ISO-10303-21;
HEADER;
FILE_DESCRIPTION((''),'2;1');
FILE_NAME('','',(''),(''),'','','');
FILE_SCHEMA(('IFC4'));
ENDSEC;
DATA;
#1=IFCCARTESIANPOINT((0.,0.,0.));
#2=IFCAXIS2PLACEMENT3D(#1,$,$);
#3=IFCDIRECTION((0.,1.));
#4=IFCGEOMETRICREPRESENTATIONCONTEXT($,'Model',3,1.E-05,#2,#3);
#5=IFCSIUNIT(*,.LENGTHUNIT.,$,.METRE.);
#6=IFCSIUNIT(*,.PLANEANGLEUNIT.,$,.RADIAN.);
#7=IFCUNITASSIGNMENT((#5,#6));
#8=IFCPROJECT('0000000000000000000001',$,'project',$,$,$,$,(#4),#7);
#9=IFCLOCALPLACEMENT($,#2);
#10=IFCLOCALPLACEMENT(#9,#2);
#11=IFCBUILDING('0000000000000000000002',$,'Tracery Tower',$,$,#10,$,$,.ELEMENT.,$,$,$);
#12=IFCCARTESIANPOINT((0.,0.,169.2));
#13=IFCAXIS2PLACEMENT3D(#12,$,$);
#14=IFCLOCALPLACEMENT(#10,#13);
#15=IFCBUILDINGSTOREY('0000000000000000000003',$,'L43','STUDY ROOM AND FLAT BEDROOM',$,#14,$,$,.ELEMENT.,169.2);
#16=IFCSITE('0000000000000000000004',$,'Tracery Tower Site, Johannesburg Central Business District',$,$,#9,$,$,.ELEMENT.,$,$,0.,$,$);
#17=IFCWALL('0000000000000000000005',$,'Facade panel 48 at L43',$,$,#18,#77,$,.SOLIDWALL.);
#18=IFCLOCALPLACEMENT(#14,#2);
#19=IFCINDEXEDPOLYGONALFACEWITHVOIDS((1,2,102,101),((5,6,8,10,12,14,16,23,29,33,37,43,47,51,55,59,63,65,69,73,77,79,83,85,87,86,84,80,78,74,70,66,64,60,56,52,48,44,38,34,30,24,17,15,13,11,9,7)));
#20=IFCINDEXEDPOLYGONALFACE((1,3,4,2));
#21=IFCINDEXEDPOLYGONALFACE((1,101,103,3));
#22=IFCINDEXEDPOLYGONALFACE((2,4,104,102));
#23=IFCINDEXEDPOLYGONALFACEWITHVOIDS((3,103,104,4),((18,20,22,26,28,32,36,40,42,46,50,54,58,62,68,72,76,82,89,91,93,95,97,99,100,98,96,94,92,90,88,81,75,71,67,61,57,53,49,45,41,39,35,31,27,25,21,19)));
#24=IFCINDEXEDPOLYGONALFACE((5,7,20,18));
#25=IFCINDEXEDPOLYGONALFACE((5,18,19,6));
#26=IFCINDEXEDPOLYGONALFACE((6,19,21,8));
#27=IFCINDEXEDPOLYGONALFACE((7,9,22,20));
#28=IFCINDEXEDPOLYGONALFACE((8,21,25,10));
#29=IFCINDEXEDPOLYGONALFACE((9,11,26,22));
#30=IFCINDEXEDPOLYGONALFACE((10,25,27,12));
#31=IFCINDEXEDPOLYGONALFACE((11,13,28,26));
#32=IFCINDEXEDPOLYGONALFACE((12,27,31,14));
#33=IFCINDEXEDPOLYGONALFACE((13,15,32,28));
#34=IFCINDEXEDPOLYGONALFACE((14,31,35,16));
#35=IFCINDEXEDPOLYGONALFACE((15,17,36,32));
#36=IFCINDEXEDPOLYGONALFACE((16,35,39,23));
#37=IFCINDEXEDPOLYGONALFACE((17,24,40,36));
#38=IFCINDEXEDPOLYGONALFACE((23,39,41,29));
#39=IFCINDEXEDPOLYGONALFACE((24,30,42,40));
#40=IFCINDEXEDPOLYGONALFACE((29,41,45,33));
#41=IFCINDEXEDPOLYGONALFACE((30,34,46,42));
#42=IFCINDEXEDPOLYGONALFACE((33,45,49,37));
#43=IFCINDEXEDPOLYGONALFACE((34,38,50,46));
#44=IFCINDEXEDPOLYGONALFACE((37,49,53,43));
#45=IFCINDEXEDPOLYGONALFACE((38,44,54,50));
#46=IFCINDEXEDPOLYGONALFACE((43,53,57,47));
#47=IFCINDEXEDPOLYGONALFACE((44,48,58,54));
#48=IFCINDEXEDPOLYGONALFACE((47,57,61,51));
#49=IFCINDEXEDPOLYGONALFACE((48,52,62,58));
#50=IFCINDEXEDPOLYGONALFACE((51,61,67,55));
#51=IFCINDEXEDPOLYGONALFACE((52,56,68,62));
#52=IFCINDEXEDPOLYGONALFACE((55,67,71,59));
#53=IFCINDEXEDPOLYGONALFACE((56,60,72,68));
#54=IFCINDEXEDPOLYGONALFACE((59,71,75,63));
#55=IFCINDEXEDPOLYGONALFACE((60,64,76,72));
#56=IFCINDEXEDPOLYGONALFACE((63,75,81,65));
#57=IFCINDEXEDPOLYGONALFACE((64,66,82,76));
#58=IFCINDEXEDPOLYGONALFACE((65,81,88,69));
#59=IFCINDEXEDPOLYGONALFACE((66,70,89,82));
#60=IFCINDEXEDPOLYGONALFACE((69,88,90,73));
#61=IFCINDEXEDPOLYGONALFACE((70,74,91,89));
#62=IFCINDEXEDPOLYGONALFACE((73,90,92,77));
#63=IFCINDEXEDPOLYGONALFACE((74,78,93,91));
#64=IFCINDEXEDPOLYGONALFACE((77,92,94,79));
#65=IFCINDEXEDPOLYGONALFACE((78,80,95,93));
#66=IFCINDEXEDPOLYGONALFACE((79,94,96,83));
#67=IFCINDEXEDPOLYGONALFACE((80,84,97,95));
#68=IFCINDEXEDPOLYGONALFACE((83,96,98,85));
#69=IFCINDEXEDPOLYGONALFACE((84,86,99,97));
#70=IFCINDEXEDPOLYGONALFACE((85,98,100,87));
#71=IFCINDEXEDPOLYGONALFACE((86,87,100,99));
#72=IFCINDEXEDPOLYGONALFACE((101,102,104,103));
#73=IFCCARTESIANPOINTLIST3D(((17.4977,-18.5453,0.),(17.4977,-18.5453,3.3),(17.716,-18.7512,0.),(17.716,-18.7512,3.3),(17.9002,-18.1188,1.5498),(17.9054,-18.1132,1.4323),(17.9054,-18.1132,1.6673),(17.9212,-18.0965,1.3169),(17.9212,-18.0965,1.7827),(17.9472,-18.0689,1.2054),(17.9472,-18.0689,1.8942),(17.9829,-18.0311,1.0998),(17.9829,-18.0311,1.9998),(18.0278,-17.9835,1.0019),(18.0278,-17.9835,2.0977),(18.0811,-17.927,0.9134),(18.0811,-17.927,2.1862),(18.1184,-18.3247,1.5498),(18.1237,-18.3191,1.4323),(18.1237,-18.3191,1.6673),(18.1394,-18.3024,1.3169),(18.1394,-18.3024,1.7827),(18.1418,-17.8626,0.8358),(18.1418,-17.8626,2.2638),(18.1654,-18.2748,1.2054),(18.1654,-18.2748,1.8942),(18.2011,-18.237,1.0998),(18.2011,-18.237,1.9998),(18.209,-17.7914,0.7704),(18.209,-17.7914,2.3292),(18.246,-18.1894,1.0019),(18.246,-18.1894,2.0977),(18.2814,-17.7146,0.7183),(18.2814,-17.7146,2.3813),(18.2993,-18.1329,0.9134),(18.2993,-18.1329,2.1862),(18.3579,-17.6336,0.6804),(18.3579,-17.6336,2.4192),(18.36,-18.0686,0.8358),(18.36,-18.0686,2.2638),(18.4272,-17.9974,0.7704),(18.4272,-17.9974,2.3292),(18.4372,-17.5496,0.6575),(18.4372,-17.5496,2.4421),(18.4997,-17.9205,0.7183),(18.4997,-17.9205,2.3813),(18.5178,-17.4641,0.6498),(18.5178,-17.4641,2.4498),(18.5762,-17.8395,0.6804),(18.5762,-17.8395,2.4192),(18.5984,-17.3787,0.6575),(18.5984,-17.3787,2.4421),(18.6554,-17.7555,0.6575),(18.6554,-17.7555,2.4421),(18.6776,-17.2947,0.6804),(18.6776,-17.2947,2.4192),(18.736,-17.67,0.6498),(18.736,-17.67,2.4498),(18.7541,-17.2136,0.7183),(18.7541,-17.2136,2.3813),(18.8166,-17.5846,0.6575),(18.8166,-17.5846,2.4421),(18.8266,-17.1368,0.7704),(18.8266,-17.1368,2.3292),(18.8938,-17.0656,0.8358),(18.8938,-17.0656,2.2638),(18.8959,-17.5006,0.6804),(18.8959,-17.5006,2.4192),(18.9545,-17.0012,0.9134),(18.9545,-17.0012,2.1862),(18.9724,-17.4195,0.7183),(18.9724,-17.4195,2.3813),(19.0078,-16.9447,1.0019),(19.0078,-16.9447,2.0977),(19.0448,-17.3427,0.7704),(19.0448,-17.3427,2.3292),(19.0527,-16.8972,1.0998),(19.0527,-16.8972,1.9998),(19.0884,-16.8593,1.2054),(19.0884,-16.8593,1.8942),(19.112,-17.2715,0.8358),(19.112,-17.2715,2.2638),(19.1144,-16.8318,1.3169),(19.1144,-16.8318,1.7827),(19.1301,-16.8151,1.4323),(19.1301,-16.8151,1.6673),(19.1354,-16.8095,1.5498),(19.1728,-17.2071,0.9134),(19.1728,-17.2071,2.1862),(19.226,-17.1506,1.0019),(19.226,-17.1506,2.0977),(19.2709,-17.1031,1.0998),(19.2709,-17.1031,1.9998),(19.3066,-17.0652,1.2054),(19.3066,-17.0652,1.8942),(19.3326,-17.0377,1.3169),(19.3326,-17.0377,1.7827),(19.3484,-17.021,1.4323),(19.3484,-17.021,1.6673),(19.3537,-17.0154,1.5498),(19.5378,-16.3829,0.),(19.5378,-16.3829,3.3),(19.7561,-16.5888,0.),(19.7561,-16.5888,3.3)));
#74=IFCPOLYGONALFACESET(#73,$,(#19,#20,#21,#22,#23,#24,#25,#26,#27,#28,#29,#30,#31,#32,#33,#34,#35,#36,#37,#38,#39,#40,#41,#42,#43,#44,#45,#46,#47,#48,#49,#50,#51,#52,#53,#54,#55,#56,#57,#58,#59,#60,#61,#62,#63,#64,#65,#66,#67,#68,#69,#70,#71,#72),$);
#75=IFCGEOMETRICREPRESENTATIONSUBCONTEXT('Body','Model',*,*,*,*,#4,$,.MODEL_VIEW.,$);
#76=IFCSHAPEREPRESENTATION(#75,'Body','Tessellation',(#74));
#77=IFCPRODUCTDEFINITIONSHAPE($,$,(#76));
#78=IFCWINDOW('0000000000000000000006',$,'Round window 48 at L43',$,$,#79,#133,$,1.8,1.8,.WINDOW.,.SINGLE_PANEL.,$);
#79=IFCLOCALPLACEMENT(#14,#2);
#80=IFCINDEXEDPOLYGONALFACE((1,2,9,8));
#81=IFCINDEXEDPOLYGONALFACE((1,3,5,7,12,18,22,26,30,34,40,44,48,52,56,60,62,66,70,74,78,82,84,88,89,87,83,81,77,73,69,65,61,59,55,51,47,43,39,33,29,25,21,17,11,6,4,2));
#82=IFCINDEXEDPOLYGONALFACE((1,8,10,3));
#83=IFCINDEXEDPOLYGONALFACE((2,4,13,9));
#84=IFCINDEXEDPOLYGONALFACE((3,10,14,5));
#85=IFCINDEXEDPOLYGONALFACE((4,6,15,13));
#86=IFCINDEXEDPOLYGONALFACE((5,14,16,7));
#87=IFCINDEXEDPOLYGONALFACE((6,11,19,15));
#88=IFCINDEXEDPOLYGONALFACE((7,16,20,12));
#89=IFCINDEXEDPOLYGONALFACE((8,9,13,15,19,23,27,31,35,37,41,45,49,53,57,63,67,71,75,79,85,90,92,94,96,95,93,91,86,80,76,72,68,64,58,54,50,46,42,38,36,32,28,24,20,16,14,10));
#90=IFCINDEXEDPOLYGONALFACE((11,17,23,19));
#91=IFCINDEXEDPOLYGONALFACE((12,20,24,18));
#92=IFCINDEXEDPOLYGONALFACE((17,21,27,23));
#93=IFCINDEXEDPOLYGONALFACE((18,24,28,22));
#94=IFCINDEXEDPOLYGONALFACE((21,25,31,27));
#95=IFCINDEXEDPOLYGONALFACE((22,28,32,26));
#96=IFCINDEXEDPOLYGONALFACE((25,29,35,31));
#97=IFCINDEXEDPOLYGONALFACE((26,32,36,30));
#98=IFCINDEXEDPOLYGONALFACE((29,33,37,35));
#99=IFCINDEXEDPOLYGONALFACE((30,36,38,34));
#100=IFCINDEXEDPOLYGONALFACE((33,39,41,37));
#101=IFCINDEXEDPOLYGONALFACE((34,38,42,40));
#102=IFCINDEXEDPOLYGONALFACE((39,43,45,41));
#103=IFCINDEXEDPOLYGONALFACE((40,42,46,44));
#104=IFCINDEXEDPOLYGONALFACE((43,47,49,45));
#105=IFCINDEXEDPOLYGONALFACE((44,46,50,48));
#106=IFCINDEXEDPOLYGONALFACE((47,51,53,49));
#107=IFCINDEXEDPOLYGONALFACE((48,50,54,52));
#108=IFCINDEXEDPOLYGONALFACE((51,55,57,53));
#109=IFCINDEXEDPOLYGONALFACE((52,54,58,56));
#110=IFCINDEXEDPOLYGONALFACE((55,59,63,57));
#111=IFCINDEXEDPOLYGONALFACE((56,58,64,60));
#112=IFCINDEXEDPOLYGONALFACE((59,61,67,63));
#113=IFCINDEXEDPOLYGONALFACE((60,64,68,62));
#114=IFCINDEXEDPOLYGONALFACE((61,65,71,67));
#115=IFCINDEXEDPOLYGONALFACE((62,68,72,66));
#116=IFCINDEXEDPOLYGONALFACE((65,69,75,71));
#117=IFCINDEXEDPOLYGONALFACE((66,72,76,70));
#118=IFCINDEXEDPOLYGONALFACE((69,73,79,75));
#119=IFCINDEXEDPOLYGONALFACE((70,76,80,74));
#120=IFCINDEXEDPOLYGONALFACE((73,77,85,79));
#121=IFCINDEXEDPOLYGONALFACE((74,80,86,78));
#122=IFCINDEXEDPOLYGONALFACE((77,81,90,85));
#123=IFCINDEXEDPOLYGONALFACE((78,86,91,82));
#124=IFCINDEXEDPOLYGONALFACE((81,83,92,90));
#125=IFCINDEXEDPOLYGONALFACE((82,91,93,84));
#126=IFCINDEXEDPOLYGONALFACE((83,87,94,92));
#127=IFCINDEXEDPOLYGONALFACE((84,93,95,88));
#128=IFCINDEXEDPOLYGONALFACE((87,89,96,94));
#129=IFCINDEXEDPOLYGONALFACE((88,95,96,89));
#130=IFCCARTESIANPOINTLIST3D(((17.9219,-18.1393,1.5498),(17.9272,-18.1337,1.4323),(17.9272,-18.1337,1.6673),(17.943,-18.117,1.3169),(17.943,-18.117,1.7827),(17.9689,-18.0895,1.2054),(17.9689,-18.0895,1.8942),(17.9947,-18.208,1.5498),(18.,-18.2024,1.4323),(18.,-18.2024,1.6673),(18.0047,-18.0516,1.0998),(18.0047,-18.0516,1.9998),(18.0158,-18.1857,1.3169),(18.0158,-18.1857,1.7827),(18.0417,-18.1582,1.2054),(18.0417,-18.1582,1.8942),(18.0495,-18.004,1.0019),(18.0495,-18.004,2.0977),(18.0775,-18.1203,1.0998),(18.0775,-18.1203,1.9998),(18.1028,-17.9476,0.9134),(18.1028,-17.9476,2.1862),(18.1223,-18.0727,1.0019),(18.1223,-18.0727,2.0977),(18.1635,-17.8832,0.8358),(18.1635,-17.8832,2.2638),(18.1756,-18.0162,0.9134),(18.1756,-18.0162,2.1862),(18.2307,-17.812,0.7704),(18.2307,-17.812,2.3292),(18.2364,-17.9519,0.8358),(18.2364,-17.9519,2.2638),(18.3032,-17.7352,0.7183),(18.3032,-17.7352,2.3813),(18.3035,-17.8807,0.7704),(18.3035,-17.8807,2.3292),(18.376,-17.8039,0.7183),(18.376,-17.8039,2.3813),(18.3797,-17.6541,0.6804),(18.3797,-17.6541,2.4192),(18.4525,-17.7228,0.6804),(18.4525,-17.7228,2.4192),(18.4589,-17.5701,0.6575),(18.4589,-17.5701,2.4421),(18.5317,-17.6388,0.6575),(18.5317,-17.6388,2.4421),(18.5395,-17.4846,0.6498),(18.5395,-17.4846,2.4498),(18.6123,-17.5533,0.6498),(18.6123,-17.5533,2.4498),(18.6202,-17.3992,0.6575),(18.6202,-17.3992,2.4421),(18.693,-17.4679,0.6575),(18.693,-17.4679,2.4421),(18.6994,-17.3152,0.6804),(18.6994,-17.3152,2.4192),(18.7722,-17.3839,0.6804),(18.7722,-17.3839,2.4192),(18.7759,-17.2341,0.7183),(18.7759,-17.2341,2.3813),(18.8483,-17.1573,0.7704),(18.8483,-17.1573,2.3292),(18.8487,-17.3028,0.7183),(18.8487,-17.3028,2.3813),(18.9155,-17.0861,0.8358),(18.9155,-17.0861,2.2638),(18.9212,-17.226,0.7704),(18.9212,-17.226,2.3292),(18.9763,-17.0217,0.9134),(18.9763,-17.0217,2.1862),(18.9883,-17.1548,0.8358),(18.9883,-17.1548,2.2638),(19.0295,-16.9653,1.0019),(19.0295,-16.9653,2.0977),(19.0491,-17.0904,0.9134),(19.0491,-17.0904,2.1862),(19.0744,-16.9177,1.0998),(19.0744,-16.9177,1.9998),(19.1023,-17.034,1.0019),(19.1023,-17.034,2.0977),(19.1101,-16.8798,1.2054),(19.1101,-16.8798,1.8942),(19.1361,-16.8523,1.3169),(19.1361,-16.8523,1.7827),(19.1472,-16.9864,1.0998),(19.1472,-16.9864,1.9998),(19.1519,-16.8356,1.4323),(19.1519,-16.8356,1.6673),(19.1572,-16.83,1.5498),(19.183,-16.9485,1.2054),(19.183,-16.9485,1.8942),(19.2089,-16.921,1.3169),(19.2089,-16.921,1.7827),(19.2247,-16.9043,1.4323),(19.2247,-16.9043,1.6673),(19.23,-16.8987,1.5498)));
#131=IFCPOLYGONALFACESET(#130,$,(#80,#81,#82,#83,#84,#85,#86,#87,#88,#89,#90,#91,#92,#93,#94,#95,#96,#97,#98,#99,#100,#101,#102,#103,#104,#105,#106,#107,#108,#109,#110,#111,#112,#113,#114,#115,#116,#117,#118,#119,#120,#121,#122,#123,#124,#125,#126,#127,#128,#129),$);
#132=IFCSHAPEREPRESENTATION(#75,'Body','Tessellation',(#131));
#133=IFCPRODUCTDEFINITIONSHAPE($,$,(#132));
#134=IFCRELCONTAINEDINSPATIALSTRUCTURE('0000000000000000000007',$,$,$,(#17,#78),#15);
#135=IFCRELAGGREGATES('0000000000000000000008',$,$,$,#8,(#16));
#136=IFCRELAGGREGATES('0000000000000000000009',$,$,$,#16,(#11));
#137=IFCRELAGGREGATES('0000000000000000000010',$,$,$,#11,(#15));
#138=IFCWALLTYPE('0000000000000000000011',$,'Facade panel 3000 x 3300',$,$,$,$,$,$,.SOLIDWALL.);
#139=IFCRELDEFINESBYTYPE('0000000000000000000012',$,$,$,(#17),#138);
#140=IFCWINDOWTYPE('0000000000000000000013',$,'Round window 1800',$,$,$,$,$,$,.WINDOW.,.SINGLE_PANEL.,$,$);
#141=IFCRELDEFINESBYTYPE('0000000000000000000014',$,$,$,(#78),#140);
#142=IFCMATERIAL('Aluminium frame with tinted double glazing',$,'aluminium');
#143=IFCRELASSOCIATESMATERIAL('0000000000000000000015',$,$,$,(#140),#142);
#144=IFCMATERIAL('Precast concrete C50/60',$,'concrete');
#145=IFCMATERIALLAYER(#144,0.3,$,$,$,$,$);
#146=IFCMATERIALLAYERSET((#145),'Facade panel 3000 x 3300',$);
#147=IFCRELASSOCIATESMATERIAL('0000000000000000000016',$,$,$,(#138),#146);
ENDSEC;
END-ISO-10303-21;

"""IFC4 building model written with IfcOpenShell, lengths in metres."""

from ifc_helpers import new_model, si_unit, direction, frame, frame_2d, origin, origin_2d, place, context, subcontext, project, spatial, rectangle, circle, extrude, material, layer, layer_set, type_object, element, fill, save


model = new_model("IFC4")

# Units and contexts
model_context = context("Model", 3, precision=1e-05, world=origin(), true_north=direction((0.0, 1.0)))
body_context = subcontext(model_context, "Body", "Model", "MODEL_VIEW")
ifc_project = project(units=[si_unit("LENGTHUNIT", "METRE"), si_unit("PLANEANGLEUNIT", "RADIAN")], contexts=[model_context])

# Site, building, storey
site_placement = place(None, origin())
site = spatial("IfcSite", under=ifc_project, at=site_placement, Name="Tracery Tower Site, Johannesburg Central Business District", CompositionType="ELEMENT", RefElevation=0.0)
building_placement = place(site_placement, origin())
building = spatial("IfcBuilding", under=site, at=building_placement, Name="Tracery Tower", CompositionType="ELEMENT")
storey_placement = place(building_placement, frame((0.0, 0.0, 169.2)))
storey = spatial("IfcBuildingStorey", under=building, at=storey_placement, Name="L43", Description="STUDY ROOM AND FLAT BEDROOM", CompositionType="ELEMENT", Elevation=169.2)

# Wall, opening, window
ifc_material_1 = material(Name="Aluminium frame with tinted double glazing", Category="aluminium")
window_type = type_object("IfcWindowType", Name="Round window 1800", PartitioningType="SINGLE_PANEL", PredefinedType="WINDOW", material=ifc_material_1)
ifc_material_2 = material(Name="Precast concrete C50/60", Category="concrete")
ifc_layer_1 = layer(ifc_material_2, 0.3)
ifc_layer_set_1 = layer_set([ifc_layer_1], Name="Facade panel 3000 x 3300")
wall_type_1 = type_object("IfcWallType", Name="Facade panel 3000 x 3300", PredefinedType="SOLIDWALL", material=ifc_layer_set_1)
wall_1_placement = place(storey_placement, frame((17.6069, -18.6482, 0.0), z_axis=(0.0, 0.0, 1.0), x_axis=(0.686235, 0.72738, 0.0)))
wall_1 = element("IfcWall", 1, at=wall_1_placement, inside=storey, type_object=wall_type_1, Name="Facade panel 48 at L43", PredefinedType="SOLIDWALL", context=body_context, shape_type="SweptSolid", body=[
    extrude(rectangle(XDim=2.9729, YDim=0.3, at=frame_2d((1.4863, 0.0))), origin(), (0.0, 0.0, 1.0), 3.3),
])
opening_1_placement = place(wall_1_placement, frame((1.4863, 0.0, 1.5498)))
opening_1 = element("IfcOpeningElement", 2, at=opening_1_placement, cuts=wall_1, PredefinedType="OPENING", context=body_context, shape_type="SweptSolid", body=[
    extrude(circle(Radius=0.9, at=origin_2d()), frame((0.0, 0.1599, 0.0), z_axis=(0.0, -1.0, 0.0), x_axis=(1.0, 0.0, 0.0)), (0.0, 0.0, 1.0), 0.3201),
])
window_1_placement = place(opening_1_placement, origin())
window_1 = element("IfcWindow", 3, at=window_1_placement, inside=storey, type_object=window_type, Name="Round window 48 at L43", OverallHeight=1.8, OverallWidth=1.8, PartitioningType="SINGLE_PANEL", PredefinedType="WINDOW", context=body_context, shape_type="SweptSolid", body=[
    extrude(circle(Radius=0.9, at=origin_2d()), frame((0.0, 0.1201, 0.0), z_axis=(0.0, -1.0, 0.0), x_axis=(1.0, 0.0, 0.0)), (0.0, 0.0, 1.0), 0.1001),
])
fill(opening_1, window_1)

save(model, "model.ifc")
